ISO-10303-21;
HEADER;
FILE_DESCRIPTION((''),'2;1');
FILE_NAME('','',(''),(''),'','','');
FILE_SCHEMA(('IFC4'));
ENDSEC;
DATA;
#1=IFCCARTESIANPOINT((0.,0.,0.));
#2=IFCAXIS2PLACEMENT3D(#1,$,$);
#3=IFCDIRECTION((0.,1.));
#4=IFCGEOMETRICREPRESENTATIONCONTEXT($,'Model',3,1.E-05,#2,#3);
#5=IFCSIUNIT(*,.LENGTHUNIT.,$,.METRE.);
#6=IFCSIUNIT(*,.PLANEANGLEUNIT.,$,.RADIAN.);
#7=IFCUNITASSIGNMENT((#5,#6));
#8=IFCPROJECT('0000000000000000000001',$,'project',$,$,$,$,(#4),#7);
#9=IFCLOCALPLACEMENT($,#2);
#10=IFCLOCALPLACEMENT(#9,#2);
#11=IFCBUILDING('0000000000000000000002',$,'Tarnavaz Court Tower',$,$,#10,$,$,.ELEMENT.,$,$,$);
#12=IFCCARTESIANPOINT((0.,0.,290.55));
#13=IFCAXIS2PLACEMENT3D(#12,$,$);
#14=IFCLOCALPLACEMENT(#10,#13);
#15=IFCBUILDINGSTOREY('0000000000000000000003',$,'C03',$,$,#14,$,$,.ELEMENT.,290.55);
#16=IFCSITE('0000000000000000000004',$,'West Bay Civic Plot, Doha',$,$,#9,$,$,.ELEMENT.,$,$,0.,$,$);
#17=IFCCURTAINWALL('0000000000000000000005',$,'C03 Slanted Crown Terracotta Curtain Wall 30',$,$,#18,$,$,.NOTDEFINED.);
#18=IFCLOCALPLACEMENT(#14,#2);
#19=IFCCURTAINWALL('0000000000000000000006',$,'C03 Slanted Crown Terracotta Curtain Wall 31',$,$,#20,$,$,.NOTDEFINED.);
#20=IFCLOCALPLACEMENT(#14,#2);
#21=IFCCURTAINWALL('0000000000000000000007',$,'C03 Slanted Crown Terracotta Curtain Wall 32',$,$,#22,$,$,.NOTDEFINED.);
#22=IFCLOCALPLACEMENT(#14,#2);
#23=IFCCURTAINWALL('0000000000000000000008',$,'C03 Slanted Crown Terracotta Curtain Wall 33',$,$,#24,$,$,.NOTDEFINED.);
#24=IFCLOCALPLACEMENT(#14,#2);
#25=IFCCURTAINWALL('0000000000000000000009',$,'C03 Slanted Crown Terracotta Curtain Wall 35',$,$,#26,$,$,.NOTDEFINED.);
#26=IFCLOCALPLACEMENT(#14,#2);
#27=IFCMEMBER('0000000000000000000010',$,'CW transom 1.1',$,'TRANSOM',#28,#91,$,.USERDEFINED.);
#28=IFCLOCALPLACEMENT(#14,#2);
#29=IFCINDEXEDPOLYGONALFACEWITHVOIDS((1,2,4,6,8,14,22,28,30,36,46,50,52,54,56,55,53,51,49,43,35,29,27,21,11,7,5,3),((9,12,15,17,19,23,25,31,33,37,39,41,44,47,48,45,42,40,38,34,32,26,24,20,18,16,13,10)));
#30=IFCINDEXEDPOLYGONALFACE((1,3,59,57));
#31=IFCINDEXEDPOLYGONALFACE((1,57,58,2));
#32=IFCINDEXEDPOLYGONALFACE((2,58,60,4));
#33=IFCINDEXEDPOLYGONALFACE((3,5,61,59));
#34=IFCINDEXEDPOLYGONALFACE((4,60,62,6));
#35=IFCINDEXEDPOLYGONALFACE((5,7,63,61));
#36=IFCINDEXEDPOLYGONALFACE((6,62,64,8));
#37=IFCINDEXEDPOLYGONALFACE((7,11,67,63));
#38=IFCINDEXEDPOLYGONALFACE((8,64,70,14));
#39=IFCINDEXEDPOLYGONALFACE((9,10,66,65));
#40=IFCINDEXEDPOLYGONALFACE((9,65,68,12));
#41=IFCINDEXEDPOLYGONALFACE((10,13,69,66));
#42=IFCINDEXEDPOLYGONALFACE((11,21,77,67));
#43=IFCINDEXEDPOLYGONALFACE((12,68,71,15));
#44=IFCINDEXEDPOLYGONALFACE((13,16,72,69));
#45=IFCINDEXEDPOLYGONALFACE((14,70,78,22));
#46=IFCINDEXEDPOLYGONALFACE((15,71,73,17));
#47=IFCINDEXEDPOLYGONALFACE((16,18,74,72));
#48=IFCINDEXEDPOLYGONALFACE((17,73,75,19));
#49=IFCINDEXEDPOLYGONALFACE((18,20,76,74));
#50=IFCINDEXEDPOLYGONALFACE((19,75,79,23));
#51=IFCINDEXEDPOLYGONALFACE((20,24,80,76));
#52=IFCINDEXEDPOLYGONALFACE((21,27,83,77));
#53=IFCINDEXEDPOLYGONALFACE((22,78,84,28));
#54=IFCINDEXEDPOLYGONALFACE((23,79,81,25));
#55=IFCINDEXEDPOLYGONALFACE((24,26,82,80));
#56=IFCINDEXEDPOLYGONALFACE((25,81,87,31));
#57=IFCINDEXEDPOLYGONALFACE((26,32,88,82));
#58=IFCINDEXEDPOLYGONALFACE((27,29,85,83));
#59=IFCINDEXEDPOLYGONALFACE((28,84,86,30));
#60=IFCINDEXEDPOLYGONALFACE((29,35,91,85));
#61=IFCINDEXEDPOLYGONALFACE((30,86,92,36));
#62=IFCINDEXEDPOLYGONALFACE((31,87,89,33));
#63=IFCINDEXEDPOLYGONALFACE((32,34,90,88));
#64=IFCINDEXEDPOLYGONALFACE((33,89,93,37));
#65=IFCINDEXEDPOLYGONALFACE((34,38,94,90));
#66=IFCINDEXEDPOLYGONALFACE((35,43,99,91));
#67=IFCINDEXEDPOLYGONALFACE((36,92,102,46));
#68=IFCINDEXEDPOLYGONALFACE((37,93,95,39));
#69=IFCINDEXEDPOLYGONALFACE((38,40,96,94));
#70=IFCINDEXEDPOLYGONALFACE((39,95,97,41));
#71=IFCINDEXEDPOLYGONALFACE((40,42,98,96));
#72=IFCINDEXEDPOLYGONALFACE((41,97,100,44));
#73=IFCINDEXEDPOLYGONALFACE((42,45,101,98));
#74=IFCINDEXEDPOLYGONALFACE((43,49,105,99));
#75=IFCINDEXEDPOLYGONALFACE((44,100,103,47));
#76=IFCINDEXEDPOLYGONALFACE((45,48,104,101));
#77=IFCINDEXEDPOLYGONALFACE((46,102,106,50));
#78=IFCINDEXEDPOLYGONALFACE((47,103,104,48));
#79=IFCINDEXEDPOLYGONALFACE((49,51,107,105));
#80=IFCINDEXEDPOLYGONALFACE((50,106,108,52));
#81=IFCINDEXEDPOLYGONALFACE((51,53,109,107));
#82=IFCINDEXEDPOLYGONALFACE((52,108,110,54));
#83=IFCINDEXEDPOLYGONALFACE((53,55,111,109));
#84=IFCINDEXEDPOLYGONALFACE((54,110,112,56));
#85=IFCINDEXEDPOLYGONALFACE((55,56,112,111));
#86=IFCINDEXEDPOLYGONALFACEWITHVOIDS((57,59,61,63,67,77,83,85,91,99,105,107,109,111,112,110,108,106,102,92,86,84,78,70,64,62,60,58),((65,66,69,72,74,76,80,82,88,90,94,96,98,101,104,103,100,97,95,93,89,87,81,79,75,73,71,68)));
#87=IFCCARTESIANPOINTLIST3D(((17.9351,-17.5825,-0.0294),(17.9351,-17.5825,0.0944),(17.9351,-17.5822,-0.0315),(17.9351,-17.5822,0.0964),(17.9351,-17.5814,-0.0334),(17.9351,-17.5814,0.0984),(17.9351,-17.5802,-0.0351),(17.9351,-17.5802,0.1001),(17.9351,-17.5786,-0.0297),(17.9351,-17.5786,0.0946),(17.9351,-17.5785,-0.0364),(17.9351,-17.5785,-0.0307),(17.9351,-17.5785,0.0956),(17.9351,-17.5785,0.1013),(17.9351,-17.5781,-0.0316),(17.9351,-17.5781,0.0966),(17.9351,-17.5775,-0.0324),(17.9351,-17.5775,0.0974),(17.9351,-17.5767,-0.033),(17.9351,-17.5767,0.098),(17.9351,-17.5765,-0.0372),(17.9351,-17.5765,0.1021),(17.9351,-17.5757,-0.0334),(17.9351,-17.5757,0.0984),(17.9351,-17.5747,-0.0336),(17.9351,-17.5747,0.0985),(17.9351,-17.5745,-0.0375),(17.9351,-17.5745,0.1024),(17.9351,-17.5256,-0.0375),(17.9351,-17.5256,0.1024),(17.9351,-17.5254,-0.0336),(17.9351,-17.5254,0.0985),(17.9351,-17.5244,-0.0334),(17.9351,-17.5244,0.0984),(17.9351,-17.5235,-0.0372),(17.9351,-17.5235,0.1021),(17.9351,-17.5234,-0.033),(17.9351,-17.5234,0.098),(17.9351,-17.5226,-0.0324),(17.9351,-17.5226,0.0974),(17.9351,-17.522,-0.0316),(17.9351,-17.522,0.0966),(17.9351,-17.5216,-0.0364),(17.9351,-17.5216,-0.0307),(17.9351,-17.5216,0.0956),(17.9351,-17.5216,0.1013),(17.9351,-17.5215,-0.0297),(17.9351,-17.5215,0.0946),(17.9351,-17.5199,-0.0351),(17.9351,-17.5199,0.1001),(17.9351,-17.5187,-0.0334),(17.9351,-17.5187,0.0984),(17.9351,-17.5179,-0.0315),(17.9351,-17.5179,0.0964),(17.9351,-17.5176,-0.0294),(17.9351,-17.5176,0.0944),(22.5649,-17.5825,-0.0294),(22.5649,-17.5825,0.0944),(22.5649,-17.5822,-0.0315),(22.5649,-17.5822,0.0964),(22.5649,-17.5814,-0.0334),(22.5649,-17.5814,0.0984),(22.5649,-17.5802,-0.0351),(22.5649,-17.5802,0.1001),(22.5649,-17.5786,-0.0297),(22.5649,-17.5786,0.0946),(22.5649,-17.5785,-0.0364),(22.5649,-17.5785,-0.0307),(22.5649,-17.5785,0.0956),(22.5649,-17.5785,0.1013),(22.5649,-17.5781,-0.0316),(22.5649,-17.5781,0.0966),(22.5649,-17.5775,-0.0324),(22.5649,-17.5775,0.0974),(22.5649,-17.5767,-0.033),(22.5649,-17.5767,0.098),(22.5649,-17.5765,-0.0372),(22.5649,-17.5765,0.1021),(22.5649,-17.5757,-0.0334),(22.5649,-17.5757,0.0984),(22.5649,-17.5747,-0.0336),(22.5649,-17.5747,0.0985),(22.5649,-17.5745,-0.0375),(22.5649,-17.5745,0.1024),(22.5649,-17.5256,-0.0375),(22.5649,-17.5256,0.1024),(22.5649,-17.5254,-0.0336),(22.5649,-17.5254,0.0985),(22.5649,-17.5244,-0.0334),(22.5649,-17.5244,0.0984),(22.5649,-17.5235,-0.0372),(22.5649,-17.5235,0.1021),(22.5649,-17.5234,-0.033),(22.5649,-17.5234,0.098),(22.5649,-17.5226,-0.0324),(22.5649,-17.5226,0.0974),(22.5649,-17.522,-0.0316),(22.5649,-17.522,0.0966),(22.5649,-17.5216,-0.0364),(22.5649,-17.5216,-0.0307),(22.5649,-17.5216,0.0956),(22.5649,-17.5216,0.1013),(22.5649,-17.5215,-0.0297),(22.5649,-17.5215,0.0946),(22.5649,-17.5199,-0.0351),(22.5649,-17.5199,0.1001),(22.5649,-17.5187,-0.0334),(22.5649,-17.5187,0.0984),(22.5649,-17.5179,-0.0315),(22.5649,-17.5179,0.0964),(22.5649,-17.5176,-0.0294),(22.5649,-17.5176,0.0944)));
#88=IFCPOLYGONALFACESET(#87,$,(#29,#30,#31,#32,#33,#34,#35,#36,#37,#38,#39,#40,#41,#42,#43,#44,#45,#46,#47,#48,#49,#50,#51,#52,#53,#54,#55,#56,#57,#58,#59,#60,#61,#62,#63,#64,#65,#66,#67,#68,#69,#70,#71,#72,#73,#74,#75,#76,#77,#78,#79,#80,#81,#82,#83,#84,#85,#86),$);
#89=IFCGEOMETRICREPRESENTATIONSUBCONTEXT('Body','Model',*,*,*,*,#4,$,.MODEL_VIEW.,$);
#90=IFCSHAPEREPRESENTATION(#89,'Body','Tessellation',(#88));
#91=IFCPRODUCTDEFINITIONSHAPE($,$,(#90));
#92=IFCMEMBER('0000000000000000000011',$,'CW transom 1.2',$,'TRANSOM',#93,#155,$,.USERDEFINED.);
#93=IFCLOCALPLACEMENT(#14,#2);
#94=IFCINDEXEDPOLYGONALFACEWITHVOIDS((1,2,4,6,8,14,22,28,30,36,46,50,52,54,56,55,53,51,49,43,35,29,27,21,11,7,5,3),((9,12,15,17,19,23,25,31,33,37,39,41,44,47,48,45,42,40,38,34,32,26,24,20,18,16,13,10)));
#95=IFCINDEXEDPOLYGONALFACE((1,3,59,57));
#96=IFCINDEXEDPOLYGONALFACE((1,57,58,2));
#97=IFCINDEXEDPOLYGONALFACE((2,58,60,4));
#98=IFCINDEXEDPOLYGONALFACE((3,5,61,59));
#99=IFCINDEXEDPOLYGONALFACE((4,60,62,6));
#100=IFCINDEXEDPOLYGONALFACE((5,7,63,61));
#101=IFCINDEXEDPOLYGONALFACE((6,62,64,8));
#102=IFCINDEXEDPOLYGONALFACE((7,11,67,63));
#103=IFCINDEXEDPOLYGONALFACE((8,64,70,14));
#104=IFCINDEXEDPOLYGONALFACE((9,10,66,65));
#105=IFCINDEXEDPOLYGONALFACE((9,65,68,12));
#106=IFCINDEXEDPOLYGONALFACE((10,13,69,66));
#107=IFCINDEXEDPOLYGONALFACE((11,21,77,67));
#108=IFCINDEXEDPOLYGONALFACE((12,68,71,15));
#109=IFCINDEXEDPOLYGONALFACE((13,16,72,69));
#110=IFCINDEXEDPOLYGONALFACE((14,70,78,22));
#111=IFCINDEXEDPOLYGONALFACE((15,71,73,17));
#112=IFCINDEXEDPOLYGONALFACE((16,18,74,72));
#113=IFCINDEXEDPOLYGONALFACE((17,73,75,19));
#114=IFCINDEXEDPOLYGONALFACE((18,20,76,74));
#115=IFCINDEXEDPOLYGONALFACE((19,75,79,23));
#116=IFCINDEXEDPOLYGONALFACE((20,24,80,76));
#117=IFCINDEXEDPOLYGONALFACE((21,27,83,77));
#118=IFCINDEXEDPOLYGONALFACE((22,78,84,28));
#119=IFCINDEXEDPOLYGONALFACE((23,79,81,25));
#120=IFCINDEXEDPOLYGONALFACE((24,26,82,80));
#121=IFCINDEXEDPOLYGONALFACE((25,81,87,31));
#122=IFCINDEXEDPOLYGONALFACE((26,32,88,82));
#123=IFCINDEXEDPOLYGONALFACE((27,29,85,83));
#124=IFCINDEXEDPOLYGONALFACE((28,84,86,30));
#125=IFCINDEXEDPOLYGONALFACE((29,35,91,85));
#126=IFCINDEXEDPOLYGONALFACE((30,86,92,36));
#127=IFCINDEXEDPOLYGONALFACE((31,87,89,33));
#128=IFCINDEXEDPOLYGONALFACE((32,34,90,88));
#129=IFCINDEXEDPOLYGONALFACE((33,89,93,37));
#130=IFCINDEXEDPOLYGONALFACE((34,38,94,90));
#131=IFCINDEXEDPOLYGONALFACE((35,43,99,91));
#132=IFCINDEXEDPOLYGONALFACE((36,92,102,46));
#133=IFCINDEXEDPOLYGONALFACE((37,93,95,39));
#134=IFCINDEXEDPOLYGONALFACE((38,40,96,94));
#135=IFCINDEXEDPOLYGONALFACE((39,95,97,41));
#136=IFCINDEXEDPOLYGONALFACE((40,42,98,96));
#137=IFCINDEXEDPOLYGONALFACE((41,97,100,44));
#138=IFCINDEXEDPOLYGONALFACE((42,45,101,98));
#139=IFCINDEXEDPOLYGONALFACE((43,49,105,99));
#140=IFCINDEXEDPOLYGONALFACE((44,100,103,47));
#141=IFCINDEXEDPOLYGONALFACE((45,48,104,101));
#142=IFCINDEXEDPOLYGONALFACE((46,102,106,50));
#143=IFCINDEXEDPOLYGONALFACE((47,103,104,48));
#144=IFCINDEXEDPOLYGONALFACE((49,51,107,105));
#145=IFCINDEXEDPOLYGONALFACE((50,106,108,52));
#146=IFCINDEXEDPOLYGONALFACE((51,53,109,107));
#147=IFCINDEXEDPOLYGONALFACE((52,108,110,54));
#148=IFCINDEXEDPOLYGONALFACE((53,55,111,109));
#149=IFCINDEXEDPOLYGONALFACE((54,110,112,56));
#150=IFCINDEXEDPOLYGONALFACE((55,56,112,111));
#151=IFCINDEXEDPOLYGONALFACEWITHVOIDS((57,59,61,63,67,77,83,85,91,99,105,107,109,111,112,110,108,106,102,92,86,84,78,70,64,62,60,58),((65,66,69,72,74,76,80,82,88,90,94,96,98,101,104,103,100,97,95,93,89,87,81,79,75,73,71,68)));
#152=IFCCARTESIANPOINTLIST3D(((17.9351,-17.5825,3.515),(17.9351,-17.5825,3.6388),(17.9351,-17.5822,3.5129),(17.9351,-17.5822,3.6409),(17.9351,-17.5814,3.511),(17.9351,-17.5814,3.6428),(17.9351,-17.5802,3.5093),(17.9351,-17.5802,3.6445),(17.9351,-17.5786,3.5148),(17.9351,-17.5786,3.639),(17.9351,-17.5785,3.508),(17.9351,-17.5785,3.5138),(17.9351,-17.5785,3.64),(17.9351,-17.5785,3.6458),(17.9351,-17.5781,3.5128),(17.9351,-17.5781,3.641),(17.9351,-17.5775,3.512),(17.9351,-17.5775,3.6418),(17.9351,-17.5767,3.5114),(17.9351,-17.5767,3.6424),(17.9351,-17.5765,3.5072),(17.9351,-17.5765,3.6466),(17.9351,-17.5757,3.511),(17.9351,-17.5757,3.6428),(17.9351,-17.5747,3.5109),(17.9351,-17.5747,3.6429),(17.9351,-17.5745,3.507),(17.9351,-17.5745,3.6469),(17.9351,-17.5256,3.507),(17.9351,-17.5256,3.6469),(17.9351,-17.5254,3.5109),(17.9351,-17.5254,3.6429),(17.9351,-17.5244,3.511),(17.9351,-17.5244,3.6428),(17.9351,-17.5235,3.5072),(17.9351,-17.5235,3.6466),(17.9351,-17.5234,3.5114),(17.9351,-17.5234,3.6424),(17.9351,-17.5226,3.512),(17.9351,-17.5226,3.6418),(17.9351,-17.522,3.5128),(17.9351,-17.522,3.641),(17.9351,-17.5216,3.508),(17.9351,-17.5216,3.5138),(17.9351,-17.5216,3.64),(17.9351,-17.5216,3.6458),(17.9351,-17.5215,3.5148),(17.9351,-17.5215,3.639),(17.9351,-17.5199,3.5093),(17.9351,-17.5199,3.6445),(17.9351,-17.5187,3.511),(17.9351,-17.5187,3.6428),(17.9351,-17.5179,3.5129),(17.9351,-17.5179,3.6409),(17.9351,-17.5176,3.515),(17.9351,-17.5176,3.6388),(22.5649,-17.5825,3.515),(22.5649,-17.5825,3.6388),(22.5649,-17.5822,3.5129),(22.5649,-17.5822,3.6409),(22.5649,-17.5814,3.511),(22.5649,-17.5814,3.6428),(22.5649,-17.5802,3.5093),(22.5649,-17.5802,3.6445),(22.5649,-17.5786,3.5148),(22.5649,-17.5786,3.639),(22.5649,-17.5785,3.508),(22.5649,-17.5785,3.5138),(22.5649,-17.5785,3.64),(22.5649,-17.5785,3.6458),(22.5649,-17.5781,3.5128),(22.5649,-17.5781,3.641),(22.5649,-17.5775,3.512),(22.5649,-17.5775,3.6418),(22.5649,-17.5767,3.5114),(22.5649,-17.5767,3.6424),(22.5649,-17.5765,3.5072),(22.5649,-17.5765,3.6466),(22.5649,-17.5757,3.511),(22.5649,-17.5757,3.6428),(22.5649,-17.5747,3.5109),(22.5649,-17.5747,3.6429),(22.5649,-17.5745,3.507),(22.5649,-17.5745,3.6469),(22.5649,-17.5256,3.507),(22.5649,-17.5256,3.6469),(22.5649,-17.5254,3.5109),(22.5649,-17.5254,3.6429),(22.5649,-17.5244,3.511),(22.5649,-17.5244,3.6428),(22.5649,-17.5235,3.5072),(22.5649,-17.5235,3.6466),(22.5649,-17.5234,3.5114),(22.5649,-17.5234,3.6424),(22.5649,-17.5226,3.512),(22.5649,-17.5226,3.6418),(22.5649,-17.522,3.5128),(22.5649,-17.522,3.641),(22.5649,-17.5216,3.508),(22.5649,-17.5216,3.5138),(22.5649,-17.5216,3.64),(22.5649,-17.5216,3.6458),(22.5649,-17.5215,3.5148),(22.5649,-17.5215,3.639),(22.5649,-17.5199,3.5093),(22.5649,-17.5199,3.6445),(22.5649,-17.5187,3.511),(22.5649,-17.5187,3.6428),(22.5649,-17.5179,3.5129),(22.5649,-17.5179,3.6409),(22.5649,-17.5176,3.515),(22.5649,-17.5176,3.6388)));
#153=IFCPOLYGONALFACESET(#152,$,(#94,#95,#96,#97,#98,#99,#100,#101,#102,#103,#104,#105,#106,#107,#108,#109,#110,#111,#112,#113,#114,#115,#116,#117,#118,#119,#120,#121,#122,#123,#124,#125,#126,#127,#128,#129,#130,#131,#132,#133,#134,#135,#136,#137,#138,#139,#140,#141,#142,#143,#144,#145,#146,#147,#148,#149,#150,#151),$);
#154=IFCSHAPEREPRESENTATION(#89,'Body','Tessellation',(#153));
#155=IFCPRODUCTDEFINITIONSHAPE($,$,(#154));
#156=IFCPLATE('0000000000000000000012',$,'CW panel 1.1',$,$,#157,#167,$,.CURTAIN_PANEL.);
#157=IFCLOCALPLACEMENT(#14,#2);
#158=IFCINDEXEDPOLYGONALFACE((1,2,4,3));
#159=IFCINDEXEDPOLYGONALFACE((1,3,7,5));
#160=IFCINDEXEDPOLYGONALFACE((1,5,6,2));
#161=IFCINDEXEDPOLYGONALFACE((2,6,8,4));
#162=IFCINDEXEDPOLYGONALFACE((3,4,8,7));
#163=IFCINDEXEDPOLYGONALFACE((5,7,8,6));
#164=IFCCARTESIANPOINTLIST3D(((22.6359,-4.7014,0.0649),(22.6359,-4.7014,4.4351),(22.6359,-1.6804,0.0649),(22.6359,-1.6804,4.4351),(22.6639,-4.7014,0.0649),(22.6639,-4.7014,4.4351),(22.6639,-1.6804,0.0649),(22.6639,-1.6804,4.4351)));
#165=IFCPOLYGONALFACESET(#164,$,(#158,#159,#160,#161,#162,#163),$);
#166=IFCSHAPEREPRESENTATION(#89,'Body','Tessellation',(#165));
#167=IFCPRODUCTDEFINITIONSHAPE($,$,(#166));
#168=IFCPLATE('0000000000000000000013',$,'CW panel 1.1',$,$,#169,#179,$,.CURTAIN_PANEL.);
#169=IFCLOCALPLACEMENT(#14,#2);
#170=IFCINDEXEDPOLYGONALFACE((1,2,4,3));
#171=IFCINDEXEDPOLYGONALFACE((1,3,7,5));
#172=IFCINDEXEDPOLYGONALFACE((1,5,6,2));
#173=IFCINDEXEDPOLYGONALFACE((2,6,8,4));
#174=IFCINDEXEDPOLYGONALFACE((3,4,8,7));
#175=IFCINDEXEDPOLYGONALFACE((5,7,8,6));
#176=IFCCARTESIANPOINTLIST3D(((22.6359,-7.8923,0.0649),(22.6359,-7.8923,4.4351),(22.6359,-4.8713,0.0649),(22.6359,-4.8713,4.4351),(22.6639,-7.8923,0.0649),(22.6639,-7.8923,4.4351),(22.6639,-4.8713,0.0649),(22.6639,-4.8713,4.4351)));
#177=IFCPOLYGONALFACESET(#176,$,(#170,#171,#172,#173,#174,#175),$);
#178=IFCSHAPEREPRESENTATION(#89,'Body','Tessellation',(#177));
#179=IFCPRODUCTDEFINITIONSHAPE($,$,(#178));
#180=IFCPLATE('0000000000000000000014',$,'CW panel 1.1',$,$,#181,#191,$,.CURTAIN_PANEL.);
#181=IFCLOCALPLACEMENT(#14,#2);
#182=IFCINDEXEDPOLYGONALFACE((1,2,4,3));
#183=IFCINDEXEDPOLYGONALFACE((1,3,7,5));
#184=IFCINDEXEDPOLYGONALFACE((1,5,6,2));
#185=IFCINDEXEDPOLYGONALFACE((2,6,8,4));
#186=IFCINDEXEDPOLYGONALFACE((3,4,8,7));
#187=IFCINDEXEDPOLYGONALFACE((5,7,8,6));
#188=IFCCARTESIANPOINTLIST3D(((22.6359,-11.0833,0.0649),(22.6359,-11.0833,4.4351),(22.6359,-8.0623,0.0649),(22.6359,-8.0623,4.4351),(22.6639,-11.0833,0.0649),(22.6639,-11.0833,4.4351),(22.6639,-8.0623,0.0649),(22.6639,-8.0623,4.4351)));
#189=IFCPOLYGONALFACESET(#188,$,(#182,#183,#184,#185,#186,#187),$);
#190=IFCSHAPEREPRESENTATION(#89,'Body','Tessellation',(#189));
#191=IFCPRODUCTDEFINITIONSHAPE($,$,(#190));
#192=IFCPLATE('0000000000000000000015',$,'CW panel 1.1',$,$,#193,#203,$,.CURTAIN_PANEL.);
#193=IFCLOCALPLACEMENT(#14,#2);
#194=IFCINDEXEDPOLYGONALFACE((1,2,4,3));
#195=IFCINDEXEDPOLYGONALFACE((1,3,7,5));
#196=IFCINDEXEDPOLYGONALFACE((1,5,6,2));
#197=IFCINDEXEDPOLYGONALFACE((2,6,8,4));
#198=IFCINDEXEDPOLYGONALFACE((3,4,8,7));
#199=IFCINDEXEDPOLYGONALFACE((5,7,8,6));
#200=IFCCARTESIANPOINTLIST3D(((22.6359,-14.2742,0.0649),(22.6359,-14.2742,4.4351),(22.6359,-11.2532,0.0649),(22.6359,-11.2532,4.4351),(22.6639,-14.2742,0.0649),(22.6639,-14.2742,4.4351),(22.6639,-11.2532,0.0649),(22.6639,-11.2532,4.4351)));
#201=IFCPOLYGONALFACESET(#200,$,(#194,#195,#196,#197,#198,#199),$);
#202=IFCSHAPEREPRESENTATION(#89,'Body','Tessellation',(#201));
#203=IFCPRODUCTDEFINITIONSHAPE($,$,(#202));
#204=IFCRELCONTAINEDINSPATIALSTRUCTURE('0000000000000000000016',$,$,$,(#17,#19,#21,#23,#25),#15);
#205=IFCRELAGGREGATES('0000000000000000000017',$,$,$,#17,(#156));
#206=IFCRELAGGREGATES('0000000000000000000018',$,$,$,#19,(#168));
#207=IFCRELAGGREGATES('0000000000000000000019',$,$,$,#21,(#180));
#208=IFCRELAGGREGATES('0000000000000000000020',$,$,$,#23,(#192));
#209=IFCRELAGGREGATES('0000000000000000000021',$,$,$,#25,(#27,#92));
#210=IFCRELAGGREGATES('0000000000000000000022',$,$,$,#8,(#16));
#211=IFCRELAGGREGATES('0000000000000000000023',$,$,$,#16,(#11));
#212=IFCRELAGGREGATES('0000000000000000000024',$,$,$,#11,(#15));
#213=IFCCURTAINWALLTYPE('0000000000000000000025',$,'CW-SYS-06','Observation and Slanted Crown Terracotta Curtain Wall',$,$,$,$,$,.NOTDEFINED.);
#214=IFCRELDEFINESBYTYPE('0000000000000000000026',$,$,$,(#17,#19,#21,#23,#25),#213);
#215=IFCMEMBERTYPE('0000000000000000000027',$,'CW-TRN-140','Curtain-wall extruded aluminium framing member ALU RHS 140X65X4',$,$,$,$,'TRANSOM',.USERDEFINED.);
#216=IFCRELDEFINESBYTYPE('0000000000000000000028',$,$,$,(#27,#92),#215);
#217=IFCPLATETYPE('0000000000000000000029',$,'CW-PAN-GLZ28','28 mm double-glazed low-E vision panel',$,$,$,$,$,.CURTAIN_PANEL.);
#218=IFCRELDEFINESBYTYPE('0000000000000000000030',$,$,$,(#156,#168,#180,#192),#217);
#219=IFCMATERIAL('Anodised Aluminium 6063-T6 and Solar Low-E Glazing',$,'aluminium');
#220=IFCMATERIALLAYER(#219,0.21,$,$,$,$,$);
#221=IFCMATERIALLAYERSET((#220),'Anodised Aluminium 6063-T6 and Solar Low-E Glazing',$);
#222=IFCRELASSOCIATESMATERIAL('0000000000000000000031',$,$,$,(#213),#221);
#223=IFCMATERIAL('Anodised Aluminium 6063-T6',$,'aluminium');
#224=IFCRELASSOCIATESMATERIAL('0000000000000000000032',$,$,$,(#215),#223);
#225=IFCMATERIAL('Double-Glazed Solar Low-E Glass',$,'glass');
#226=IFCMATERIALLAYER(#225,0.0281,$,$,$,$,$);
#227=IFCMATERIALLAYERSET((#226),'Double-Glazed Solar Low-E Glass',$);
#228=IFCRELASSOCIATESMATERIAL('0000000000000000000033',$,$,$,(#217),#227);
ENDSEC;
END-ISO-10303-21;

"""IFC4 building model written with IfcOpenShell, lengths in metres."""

from ifc_helpers import new_model, si_unit, direction, frame, origin, origin_2d, place, context, subcontext, project, spatial, rectangle, hollow_rectangle, extrude, material, layer, layer_set, material_profile, profile_set, type_object, element, aggregate, save


model = new_model("IFC4")

# Units and contexts
model_context = context("Model", 3, precision=1e-05, world=origin(), true_north=direction((0.0, 1.0)))
body_context = subcontext(model_context, "Body", "Model", "MODEL_VIEW")
ifc_project = project(units=[si_unit("LENGTHUNIT", "METRE"), si_unit("PLANEANGLEUNIT", "RADIAN")], contexts=[model_context])

# Site, building, storey
site_placement = place(None, origin())
site = spatial("IfcSite", under=ifc_project, at=site_placement, Name="West Bay Civic Plot, Doha", CompositionType="ELEMENT", RefElevation=0.0)
building_placement = place(site_placement, origin())
building = spatial("IfcBuilding", under=site, at=building_placement, Name="Tarnavaz Court Tower", CompositionType="ELEMENT")
storey_placement = place(building_placement, frame((0.0, 0.0, 290.55)))
storey = spatial("IfcBuildingStorey", under=building, at=storey_placement, Name="C03", CompositionType="ELEMENT", Elevation=290.55)

# Shared definitions
ifc_material_1 = material(Name="Anodised Aluminium 6063-T6 and Solar Low-E Glazing", Category="aluminium")
ifc_layer_1 = layer(ifc_material_1, 0.21)
ifc_layer_set_1 = layer_set([ifc_layer_1], Name="Anodised Aluminium 6063-T6 and Solar Low-E Glazing")
curtain_wall_type = type_object("IfcCurtainWallType", Name="CW-SYS-06", Description="Observation and Slanted Crown Terracotta Curtain Wall", PredefinedType="NOTDEFINED", material=ifc_layer_set_1)
ifc_material_2 = material(Name="Anodised Aluminium 6063-T6", Category="aluminium")

# Curtain walls
curtain_wall_1_placement = place(storey_placement, origin())
curtain_wall_1 = element("IfcCurtainWall", 1, at=curtain_wall_1_placement, inside=storey, type_object=curtain_wall_type, Name="C03 Slanted Crown Terracotta Curtain Wall 30", PredefinedType="NOTDEFINED")
curtain_wall_2_placement = place(storey_placement, origin())
curtain_wall_2 = element("IfcCurtainWall", 2, at=curtain_wall_2_placement, inside=storey, type_object=curtain_wall_type, Name="C03 Slanted Crown Terracotta Curtain Wall 31", PredefinedType="NOTDEFINED")
curtain_wall_3_placement = place(storey_placement, origin())
curtain_wall_3 = element("IfcCurtainWall", 3, at=curtain_wall_3_placement, inside=storey, type_object=curtain_wall_type, Name="C03 Slanted Crown Terracotta Curtain Wall 32", PredefinedType="NOTDEFINED")
curtain_wall_4_placement = place(storey_placement, origin())
curtain_wall_4 = element("IfcCurtainWall", 4, at=curtain_wall_4_placement, inside=storey, type_object=curtain_wall_type, Name="C03 Slanted Crown Terracotta Curtain Wall 33", PredefinedType="NOTDEFINED")

# Curtain wall
curtain_wall_5_placement = place(storey_placement, origin())
curtain_wall_5 = element("IfcCurtainWall", 5, at=curtain_wall_5_placement, inside=storey, type_object=curtain_wall_type, Name="C03 Slanted Crown Terracotta Curtain Wall 35", PredefinedType="NOTDEFINED")

# Members
ifc_material_profile_1 = material_profile(ifc_material_2, hollow_rectangle(XDim=0.0649, YDim=0.1399, WallThickness=0.0039, InnerFilletRadius=0.0039, OuterFilletRadius=0.0081, at=origin_2d()), Name="ALU RHS 140X65X4")
ifc_profile_set_1 = profile_set([ifc_material_profile_1], Name="Anodised Aluminium 6063-T6")
member_type_1 = type_object("IfcMemberType", Name="CW-TRN-140", Description="Curtain-wall extruded aluminium framing member ALU RHS 140X65X4", ElementType="TRANSOM", PredefinedType="USERDEFINED", material=ifc_profile_set_1)
member_1_placement = place(storey_placement, frame((22.5649, -17.55, 0.0325), z_axis=(-1.0, 0.0, 0.0), x_axis=(0.0, -1.0, 0.0)))
member_1 = element("IfcMember", 6, at=member_1_placement, type_object=member_type_1, Name="CW transom 1.1", ObjectType="TRANSOM", PredefinedType="USERDEFINED", context=body_context, shape_type="SweptSolid", body=[
    extrude(hollow_rectangle(XDim=0.0649, YDim=0.1399, WallThickness=0.0039, InnerFilletRadius=0.0039, OuterFilletRadius=0.0081, at=origin_2d()), origin(), (0.0, 0.0, 1.0), 4.6299),
])
member_2_placement = place(storey_placement, frame((22.5649, -17.55, 3.5769), z_axis=(-1.0, 0.0, 0.0), x_axis=(0.0, -1.0, 0.0)))
member_2 = element("IfcMember", 7, at=member_2_placement, type_object=member_type_1, Name="CW transom 1.2", ObjectType="TRANSOM", PredefinedType="USERDEFINED", context=body_context, shape_type="SweptSolid", body=[
    extrude(hollow_rectangle(XDim=0.0649, YDim=0.1399, WallThickness=0.0039, InnerFilletRadius=0.0039, OuterFilletRadius=0.0081, at=origin_2d()), origin(), (0.0, 0.0, 1.0), 4.6299),
])

# Plates
ifc_material_3 = material(Name="Double-Glazed Solar Low-E Glass", Category="glass")
ifc_layer_2 = layer(ifc_material_3, 0.0281)
ifc_layer_set_2 = layer_set([ifc_layer_2], Name="Double-Glazed Solar Low-E Glass")
plate_type_1 = type_object("IfcPlateType", Name="CW-PAN-GLZ28", Description="28 mm double-glazed low-E vision panel", PredefinedType="CURTAIN_PANEL", material=ifc_layer_set_2)
plate_1_placement = place(storey_placement, frame((22.6499, -3.1909, 0.0649), z_axis=(0.0, 0.0, 1.0), x_axis=(0.0, -1.0, 0.0)))
plate_1 = element("IfcPlate", 8, at=plate_1_placement, type_object=plate_type_1, Name="CW panel 1.1", PredefinedType="CURTAIN_PANEL", context=body_context, shape_type="SweptSolid", body=[
    extrude(rectangle(XDim=3.021, YDim=0.0281, at=origin_2d()), origin(), (0.0, 0.0, 1.0), 4.3701),
])
aggregate(curtain_wall_1, [plate_1])
plate_2_placement = place(storey_placement, frame((22.6499, -6.3818, 0.0649), z_axis=(0.0, 0.0, 1.0), x_axis=(0.0, -1.0, 0.0)))
plate_2 = element("IfcPlate", 9, at=plate_2_placement, type_object=plate_type_1, Name="CW panel 1.1", PredefinedType="CURTAIN_PANEL", context=body_context, shape_type="SweptSolid", body=[
    extrude(rectangle(XDim=3.021, YDim=0.0281, at=origin_2d()), origin(), (0.0, 0.0, 1.0), 4.3701),
])
aggregate(curtain_wall_2, [plate_2])
plate_3_placement = place(storey_placement, frame((22.6499, -9.5728, 0.0649), z_axis=(0.0, 0.0, 1.0), x_axis=(0.0, -1.0, 0.0)))
plate_3 = element("IfcPlate", 10, at=plate_3_placement, type_object=plate_type_1, Name="CW panel 1.1", PredefinedType="CURTAIN_PANEL", context=body_context, shape_type="SweptSolid", body=[
    extrude(rectangle(XDim=3.021, YDim=0.0281, at=origin_2d()), origin(), (0.0, 0.0, 1.0), 4.3701),
])
aggregate(curtain_wall_3, [plate_3])
plate_4_placement = place(storey_placement, frame((22.6499, -12.7637, 0.0649), z_axis=(0.0, 0.0, 1.0), x_axis=(0.0, -1.0, 0.0)))
plate_4 = element("IfcPlate", 11, at=plate_4_placement, type_object=plate_type_1, Name="CW panel 1.1", PredefinedType="CURTAIN_PANEL", context=body_context, shape_type="SweptSolid", body=[
    extrude(rectangle(XDim=3.021, YDim=0.0281, at=origin_2d()), origin(), (0.0, 0.0, 1.0), 4.3701),
])
aggregate(curtain_wall_4, [plate_4])
aggregate(curtain_wall_5, [member_1, member_2])

save(model, "model.ifc")
